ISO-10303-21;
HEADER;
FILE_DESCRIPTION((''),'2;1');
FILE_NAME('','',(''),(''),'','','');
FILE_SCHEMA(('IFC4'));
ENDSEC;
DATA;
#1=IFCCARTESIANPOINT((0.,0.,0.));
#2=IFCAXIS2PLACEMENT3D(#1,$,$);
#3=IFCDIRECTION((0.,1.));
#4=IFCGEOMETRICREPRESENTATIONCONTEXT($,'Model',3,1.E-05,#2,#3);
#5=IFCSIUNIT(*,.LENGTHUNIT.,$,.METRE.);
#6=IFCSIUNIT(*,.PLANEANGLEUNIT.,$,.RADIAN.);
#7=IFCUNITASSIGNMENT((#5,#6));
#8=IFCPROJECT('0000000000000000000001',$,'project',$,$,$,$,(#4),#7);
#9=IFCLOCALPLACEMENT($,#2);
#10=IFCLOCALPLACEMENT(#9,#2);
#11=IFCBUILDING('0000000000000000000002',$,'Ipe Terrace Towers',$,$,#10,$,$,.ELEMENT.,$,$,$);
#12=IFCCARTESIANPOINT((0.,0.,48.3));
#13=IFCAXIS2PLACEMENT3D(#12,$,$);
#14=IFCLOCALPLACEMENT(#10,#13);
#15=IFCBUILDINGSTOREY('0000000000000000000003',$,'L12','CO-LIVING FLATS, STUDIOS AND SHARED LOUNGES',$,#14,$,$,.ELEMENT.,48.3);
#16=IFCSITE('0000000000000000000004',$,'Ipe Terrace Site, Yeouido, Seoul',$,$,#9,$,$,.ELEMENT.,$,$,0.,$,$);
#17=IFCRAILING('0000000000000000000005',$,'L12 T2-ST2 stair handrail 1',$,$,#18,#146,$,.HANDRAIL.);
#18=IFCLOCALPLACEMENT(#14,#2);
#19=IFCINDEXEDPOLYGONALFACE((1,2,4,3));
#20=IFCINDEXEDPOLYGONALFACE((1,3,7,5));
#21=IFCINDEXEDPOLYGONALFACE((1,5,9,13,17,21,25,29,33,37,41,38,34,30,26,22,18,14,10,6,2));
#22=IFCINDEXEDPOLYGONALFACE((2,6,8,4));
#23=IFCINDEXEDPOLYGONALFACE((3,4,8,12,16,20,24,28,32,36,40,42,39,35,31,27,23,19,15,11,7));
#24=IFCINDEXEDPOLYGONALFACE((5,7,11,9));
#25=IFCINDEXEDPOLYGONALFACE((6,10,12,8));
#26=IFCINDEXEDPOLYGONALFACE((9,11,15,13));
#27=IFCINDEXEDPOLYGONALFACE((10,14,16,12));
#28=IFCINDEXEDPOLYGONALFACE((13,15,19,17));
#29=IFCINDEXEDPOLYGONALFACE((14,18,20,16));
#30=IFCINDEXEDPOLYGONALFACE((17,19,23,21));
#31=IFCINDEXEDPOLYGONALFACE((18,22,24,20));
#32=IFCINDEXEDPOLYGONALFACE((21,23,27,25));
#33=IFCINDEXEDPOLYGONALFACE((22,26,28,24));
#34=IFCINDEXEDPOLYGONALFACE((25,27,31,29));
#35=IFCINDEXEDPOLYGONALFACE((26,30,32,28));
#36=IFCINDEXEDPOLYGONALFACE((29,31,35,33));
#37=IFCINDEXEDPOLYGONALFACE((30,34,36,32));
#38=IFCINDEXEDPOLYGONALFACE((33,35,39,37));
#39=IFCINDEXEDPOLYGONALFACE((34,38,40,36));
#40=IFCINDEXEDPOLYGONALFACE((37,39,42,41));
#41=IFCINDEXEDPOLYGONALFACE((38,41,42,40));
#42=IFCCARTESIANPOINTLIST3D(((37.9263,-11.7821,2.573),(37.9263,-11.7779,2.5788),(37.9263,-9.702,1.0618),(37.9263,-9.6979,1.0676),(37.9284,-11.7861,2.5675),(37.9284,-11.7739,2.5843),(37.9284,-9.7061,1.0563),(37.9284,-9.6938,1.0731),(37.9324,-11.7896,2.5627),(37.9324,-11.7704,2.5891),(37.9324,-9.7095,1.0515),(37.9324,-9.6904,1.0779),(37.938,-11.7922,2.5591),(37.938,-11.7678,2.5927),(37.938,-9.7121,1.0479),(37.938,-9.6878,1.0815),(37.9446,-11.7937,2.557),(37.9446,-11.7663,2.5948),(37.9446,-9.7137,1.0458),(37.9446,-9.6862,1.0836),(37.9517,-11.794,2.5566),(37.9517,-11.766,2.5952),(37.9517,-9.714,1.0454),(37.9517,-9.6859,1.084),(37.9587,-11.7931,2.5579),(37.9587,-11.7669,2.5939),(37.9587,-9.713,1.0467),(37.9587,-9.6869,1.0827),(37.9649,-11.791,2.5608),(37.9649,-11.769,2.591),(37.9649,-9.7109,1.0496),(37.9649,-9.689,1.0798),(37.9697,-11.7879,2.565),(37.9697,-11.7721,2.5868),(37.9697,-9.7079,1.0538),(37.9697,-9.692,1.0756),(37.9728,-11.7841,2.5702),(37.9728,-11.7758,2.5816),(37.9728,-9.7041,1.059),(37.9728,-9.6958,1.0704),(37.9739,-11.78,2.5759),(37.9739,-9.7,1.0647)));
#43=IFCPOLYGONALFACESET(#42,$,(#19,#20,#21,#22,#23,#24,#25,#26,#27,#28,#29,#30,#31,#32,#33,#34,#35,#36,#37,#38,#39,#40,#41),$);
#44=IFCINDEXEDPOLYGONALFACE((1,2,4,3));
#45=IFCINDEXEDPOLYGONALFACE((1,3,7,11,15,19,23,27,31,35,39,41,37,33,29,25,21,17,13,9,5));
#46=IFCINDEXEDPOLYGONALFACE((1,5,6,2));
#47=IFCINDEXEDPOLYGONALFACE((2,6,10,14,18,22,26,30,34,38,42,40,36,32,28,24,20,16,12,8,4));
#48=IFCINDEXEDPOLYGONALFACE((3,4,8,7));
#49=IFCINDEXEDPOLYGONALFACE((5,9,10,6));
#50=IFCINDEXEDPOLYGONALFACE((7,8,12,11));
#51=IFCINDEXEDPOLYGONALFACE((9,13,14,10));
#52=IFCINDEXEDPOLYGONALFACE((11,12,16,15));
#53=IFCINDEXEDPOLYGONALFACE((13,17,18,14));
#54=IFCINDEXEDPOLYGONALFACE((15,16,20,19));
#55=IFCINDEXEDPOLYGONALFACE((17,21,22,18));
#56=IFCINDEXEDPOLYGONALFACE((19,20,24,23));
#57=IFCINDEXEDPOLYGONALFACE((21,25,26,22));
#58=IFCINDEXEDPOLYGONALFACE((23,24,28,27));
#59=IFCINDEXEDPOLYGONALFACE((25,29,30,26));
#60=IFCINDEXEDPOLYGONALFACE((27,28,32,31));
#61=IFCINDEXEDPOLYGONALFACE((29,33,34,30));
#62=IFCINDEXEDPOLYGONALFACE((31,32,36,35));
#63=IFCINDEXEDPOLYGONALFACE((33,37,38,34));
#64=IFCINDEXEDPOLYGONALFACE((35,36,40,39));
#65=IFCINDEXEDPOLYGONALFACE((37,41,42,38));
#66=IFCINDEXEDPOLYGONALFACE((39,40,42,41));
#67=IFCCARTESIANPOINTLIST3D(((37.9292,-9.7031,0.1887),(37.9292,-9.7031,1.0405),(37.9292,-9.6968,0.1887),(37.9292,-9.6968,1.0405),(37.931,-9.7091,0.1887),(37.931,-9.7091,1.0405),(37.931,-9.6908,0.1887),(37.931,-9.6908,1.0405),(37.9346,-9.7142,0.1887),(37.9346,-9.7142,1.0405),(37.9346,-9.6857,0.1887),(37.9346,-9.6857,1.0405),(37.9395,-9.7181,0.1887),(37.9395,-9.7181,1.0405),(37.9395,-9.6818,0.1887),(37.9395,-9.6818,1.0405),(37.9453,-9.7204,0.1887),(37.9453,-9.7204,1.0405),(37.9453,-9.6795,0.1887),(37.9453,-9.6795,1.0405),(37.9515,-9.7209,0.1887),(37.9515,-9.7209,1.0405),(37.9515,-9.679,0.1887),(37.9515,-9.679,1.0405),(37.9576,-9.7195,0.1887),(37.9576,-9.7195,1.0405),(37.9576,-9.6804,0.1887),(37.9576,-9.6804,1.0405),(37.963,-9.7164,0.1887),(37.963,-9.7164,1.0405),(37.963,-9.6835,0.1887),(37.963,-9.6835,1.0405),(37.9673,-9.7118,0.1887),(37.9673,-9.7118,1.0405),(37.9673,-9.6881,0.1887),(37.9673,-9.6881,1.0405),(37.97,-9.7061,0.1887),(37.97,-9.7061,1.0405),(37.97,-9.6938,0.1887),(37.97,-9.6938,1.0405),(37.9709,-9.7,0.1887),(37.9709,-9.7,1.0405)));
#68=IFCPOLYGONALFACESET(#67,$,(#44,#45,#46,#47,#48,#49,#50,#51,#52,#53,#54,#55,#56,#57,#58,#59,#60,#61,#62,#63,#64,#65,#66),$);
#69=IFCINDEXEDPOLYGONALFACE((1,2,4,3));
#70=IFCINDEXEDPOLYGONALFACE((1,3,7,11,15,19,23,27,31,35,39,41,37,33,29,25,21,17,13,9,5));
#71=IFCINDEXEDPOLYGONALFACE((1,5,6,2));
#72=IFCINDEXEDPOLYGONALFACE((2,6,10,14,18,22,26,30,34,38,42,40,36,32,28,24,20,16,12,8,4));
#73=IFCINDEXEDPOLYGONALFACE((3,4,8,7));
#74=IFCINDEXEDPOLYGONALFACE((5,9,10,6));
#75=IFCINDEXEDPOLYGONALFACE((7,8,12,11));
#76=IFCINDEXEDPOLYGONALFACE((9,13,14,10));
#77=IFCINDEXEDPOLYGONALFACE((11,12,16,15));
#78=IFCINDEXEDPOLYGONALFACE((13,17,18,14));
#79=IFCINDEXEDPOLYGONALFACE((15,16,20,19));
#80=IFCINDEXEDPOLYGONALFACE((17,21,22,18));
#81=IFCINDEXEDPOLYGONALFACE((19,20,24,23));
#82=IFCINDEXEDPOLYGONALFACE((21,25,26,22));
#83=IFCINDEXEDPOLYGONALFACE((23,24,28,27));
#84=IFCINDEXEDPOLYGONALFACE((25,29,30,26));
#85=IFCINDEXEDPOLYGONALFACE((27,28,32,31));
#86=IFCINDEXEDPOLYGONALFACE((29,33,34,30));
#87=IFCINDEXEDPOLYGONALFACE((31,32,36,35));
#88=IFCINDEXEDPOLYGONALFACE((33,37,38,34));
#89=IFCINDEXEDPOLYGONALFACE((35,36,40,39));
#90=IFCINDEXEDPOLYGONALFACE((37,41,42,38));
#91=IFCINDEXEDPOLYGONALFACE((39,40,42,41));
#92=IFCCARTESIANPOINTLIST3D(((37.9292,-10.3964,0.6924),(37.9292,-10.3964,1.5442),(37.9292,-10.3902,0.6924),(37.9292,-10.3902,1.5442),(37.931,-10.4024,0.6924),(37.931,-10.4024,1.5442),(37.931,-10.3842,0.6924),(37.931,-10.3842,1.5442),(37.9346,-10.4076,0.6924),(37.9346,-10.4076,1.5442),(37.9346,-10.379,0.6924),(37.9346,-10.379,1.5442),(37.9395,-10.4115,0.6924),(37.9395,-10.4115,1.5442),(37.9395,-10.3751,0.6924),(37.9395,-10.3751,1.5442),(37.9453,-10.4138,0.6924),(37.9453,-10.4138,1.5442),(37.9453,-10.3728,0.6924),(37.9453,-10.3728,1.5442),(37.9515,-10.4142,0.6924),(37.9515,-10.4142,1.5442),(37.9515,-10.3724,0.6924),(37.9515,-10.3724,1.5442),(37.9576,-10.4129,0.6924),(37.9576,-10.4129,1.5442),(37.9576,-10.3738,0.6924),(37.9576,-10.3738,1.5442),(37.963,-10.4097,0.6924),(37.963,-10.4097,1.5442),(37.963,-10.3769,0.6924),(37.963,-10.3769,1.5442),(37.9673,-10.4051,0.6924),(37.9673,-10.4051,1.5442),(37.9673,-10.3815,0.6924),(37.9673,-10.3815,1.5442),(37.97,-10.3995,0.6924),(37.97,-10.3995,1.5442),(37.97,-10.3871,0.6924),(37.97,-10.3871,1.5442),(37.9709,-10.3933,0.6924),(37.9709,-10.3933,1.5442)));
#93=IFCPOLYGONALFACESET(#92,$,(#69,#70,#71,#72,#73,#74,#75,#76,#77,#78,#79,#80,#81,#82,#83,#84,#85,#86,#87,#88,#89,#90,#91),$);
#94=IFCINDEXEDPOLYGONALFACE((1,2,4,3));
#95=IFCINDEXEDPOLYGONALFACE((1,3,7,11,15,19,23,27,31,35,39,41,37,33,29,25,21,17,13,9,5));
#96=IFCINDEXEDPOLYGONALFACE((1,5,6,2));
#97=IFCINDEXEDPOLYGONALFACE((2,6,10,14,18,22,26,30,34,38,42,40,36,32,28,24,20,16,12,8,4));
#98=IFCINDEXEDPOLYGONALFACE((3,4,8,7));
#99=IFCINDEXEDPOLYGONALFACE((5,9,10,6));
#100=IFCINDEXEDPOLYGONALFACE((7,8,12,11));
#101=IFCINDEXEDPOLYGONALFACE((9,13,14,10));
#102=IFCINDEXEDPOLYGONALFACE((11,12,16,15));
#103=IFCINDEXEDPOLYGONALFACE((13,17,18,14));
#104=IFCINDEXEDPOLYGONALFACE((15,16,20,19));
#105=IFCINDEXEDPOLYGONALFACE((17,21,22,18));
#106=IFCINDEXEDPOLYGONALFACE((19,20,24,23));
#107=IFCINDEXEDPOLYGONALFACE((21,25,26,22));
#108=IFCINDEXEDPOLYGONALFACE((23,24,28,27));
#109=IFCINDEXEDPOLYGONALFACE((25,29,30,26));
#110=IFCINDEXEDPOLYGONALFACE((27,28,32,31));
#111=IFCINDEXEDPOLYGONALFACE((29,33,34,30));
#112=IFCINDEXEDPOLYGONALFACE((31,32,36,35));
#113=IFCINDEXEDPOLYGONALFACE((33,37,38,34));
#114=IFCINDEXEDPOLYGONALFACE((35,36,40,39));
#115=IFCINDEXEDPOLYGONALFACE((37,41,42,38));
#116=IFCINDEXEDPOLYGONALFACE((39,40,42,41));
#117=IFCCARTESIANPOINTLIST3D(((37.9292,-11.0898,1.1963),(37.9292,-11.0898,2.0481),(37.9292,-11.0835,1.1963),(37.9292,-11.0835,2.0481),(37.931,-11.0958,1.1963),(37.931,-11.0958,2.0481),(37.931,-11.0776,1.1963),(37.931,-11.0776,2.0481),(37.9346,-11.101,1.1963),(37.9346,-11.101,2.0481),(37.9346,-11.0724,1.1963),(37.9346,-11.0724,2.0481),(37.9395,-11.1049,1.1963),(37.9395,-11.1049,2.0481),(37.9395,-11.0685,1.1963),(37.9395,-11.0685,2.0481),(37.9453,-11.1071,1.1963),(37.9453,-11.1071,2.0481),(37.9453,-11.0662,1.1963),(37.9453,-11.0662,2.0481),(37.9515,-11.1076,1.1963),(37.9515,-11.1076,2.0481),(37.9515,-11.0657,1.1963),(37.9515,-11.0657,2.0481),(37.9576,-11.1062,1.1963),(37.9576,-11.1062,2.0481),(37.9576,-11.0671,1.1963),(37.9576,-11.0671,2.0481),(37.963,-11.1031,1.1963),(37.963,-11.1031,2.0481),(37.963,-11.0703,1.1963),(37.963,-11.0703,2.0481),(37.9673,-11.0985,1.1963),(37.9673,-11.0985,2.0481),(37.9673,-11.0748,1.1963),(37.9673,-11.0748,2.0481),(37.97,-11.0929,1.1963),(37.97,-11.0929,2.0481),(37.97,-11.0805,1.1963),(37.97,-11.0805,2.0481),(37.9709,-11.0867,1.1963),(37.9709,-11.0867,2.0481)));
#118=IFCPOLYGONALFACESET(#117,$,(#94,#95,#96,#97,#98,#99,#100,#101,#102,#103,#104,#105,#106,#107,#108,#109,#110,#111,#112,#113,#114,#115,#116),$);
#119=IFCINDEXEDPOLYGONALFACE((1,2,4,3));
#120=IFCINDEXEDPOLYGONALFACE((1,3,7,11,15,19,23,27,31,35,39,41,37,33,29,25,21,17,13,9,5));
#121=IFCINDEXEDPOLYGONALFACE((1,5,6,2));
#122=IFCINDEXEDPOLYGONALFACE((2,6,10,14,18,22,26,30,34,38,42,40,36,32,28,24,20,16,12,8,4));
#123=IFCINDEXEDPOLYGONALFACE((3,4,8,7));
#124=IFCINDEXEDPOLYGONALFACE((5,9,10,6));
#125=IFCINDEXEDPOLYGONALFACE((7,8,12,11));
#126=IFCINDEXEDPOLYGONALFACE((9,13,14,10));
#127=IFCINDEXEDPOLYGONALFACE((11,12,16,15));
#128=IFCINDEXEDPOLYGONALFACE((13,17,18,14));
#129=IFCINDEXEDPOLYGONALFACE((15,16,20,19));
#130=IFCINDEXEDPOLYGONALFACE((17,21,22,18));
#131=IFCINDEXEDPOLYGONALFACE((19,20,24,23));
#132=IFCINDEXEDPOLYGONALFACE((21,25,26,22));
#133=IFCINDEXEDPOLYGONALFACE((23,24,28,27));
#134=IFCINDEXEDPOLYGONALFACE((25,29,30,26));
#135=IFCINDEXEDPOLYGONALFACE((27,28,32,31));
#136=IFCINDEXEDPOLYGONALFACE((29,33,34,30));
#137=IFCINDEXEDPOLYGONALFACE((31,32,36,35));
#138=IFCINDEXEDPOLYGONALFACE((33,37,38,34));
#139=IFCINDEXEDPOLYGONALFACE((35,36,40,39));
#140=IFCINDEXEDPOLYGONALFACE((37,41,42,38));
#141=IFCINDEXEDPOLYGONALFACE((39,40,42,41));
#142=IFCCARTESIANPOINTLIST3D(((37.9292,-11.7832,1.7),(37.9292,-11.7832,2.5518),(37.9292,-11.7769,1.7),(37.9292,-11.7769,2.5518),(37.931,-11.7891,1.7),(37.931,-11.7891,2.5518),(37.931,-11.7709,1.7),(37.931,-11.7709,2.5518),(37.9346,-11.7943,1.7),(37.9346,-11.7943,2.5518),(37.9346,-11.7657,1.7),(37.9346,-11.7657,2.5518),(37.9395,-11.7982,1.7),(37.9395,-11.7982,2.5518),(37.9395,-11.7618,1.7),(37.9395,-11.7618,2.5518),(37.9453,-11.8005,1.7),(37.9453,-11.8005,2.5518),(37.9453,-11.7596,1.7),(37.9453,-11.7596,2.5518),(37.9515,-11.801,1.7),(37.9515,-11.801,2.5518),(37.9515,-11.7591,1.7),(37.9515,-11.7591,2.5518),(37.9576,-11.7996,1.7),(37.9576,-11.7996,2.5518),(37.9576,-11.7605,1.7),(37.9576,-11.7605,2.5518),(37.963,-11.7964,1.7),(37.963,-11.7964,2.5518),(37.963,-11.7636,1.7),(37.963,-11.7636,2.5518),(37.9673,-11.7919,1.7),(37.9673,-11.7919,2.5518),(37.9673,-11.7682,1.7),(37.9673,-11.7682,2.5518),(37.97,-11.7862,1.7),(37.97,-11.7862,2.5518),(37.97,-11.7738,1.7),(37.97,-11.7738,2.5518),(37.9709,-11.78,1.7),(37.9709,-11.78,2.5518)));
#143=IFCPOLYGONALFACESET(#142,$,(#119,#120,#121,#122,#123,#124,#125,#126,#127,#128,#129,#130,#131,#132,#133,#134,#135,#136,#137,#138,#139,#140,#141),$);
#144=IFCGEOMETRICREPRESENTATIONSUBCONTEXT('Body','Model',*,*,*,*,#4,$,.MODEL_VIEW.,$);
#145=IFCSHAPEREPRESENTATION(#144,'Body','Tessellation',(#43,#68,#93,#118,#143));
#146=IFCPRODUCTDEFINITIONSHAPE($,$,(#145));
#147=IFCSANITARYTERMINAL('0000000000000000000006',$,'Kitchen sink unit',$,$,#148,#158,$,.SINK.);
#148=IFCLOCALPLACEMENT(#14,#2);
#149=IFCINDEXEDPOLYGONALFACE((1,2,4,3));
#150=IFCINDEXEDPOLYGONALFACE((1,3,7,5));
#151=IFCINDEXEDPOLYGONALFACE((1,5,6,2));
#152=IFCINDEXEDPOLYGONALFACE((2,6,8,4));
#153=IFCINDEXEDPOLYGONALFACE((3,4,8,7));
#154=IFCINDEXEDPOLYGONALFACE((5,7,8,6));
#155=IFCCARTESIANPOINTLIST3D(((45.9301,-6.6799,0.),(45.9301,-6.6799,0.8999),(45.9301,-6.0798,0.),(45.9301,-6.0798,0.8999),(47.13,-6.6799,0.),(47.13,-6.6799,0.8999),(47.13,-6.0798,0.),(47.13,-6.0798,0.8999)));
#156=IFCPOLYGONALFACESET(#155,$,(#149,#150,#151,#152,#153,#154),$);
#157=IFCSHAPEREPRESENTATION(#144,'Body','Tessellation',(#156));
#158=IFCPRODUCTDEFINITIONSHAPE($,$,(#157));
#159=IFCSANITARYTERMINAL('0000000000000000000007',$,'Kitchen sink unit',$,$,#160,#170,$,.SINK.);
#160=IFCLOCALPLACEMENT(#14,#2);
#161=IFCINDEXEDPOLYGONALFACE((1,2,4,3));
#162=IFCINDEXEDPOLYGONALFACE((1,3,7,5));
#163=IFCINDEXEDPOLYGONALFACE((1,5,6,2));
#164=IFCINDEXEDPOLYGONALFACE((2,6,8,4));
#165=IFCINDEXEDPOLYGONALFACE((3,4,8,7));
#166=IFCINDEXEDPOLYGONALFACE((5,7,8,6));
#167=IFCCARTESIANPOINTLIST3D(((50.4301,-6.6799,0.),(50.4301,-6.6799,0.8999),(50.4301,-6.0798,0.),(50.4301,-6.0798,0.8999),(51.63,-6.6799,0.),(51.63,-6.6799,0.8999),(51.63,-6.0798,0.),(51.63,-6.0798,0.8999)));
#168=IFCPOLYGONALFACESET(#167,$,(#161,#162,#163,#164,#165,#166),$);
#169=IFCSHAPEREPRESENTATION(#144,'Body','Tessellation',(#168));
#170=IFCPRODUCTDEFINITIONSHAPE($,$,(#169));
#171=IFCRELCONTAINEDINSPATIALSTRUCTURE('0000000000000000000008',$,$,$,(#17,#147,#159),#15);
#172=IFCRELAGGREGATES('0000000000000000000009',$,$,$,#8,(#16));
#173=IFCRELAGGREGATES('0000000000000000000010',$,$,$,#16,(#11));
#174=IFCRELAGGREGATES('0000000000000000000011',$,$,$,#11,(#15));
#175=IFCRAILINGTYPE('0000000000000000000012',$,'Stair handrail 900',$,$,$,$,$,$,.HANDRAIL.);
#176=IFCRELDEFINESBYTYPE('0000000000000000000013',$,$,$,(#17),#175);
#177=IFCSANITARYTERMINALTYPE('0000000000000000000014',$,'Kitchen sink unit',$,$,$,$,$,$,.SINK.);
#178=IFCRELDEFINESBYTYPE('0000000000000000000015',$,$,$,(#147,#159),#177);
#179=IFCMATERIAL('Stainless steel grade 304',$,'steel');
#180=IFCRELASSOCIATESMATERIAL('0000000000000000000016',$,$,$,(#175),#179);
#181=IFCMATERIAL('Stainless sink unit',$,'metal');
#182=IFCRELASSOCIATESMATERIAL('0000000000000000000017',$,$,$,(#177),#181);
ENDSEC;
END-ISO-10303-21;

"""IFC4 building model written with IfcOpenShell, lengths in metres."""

from ifc_helpers import new_model, si_unit, direction, frame, origin, origin_2d, place, context, subcontext, project, spatial, rectangle, circle, extrude, material, type_object, element, save


model = new_model("IFC4")

# Units and contexts
model_context = context("Model", 3, precision=1e-05, world=origin(), true_north=direction((0.0, 1.0)))
body_context = subcontext(model_context, "Body", "Model", "MODEL_VIEW")
ifc_project = project(units=[si_unit("LENGTHUNIT", "METRE"), si_unit("PLANEANGLEUNIT", "RADIAN")], contexts=[model_context])

# Site, building, storey
site_placement = place(None, origin())
site = spatial("IfcSite", under=ifc_project, at=site_placement, Name="Ipe Terrace Site, Yeouido, Seoul", CompositionType="ELEMENT", RefElevation=0.0)
building_placement = place(site_placement, origin())
building = spatial("IfcBuilding", under=site, at=building_placement, Name="Ipe Terrace Towers", CompositionType="ELEMENT")
storey_placement = place(building_placement, frame((0.0, 0.0, 48.3)))
storey = spatial("IfcBuildingStorey", under=building, at=storey_placement, Name="L12", Description="CO-LIVING FLATS, STUDIOS AND SHARED LOUNGES", CompositionType="ELEMENT", Elevation=48.3)

# Railing
ifc_material_1 = material(Name="Stainless steel grade 304", Category="steel")
railing_type_1 = type_object("IfcRailingType", Name="Stair handrail 900", PredefinedType="HANDRAIL", material=ifc_material_1)
railing_1_placement = place(storey_placement, frame((37.95, -9.7, 0.1887)))
element("IfcRailing", 1, at=railing_1_placement, inside=storey, type_object=railing_type_1, Name="L12 T2-ST2 stair handrail 1", PredefinedType="HANDRAIL", context=body_context, shape_type="SweptSolid", body=[
    extrude(circle(Radius=0.0239, at=origin_2d()), frame((0.0, 0.0, 0.876), z_axis=(0.0, -0.809023, 0.587776), x_axis=(1.0, 0.0, 0.0)), (0.0, 0.0, 1.0), 2.571),
    extrude(circle(Radius=0.021, at=origin_2d()), origin(), (0.0, 0.0, 1.0), 0.8518),
    extrude(circle(Radius=0.021, at=origin_2d()), frame((0.0, -0.6934, 0.5037)), (0.0, 0.0, 1.0), 0.8518),
    extrude(circle(Radius=0.021, at=origin_2d()), frame((0.0, -1.3867, 1.0076)), (0.0, 0.0, 1.0), 0.8518),
    extrude(circle(Radius=0.021, at=origin_2d()), frame((0.0, -2.0801, 1.5112)), (0.0, 0.0, 1.0), 0.8518),
])

# Sanitary terminals
ifc_material_2 = material(Name="Stainless sink unit", Category="metal")
sanitary_terminal_type = type_object("IfcSanitaryTerminalType", Name="Kitchen sink unit", PredefinedType="SINK", material=ifc_material_2)
for number, where, z_axis, x_axis, name in (
    (2, (46.53, -6.3799, 0.0), (0.0, 0.0, 1.0), (-1.0, 0.0, 0.0), "Kitchen sink unit"),
    (3, (51.03, -6.3799, 0.0), (0.0, 0.0, 1.0), (-1.0, 0.0, 0.0), "Kitchen sink unit"),
):
    element("IfcSanitaryTerminal", number, at=place(storey_placement, frame(where, z_axis=z_axis, x_axis=x_axis)), inside=storey, type_object=sanitary_terminal_type, Name=name, PredefinedType="SINK", context=body_context, shape_type="SweptSolid", body=[
        extrude(rectangle(XDim=1.2, YDim=0.6001, at=origin_2d()), origin(), (0.0, 0.0, 1.0), 0.8999),
    ])

save(model, "model.ifc")
